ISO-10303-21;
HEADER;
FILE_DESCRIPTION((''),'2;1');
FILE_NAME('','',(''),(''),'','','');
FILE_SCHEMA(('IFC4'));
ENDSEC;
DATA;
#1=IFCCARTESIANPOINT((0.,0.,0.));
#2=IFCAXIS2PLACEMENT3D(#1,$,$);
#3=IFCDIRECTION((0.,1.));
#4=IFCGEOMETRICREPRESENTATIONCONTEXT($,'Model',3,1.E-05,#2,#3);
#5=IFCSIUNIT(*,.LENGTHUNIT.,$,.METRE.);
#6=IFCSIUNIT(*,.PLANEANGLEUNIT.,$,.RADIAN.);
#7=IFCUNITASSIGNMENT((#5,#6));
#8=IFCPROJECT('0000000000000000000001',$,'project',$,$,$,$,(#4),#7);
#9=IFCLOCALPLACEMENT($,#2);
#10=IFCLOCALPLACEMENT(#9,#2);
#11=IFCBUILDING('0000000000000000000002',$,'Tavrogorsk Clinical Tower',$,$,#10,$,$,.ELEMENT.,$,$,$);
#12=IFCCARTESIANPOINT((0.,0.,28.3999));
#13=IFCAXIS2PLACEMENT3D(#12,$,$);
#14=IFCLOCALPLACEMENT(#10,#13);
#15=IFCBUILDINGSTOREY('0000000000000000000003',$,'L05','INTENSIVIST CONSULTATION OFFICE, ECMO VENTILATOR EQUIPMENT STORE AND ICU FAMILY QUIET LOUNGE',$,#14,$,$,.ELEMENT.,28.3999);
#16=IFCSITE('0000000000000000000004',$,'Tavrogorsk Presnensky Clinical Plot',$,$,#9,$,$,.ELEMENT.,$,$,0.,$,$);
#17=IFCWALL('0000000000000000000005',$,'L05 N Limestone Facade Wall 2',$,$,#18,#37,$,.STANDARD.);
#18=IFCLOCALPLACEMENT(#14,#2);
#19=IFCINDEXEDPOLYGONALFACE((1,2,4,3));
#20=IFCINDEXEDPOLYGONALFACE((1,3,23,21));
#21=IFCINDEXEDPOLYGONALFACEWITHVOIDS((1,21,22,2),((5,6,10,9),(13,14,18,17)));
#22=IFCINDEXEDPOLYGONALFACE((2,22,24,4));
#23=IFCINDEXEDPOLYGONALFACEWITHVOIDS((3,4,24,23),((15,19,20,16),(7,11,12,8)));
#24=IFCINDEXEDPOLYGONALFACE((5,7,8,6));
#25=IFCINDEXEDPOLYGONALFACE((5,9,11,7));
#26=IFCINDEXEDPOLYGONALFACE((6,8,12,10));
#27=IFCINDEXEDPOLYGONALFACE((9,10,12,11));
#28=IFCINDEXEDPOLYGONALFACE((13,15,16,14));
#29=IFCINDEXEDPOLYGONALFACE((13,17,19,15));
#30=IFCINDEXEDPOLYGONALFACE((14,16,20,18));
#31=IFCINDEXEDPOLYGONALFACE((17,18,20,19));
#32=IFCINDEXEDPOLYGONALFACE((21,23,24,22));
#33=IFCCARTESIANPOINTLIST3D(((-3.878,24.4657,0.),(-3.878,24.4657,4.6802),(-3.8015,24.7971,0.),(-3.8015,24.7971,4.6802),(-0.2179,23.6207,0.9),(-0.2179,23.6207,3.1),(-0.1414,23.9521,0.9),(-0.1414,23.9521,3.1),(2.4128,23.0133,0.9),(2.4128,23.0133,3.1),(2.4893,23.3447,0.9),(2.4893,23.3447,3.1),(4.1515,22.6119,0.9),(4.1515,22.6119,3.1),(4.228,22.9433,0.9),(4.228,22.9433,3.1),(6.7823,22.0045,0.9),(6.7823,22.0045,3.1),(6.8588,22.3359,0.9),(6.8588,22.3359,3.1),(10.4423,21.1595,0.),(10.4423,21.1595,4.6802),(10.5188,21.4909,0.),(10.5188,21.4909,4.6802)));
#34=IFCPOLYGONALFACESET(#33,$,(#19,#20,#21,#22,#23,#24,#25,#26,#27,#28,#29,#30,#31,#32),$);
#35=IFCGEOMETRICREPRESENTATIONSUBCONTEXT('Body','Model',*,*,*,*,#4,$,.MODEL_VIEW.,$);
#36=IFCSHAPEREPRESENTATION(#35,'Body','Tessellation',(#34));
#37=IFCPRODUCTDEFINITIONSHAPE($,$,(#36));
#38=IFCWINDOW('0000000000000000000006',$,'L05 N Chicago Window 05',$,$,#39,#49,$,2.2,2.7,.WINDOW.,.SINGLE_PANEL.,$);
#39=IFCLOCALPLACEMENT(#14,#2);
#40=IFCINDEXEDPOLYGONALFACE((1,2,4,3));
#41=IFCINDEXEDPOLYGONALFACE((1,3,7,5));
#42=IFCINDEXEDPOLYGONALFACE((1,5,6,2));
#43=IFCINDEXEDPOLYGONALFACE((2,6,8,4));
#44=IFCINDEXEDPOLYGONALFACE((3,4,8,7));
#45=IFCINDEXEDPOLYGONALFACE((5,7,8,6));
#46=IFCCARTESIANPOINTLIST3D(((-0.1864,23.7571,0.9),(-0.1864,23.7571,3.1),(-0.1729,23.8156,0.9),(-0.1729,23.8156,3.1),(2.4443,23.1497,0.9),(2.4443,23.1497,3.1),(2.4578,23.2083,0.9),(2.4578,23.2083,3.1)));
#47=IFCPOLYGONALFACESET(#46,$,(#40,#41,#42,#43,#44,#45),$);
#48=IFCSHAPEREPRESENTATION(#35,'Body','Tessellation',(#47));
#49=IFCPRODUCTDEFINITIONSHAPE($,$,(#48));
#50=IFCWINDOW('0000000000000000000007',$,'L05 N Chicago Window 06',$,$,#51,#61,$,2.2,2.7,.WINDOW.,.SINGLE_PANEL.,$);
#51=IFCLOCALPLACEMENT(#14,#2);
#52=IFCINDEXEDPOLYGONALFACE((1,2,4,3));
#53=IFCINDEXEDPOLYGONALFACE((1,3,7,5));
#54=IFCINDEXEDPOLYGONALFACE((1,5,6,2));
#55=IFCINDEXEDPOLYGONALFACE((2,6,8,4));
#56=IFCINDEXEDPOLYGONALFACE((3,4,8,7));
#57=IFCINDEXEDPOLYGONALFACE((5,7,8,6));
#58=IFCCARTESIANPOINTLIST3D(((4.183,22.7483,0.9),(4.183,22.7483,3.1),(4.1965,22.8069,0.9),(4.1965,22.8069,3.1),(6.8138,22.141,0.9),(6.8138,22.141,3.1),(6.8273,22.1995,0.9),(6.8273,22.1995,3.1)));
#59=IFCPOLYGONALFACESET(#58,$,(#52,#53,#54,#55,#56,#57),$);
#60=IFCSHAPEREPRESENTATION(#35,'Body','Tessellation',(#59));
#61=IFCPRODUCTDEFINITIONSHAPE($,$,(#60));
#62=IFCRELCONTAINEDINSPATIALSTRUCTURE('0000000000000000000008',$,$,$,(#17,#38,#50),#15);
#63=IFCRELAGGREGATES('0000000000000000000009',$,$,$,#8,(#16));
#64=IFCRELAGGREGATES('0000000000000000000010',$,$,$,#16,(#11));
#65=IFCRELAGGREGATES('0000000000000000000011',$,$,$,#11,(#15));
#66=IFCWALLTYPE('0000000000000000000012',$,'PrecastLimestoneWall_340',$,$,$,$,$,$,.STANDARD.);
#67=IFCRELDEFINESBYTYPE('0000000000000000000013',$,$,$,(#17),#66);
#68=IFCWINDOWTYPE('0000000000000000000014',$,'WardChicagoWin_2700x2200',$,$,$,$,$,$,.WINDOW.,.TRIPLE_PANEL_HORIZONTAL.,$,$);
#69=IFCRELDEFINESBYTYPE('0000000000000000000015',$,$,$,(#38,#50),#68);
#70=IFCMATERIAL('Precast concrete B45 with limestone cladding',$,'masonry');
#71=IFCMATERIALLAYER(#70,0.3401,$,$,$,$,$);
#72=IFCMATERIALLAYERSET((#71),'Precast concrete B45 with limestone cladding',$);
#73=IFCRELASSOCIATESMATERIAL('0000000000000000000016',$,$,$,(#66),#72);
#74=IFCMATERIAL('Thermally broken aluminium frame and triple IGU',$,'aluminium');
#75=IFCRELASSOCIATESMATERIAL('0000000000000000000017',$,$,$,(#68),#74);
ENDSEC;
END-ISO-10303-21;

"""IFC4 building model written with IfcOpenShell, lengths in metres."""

from ifc_helpers import new_model, si_unit, direction, frame, frame_2d, origin, place, context, subcontext, project, spatial, rectangle, extrude, material, layer, layer_set, type_object, element, fill, save


model = new_model("IFC4")

# Units and contexts
model_context = context("Model", 3, precision=1e-05, world=origin(), true_north=direction((0.0, 1.0)))
body_context = subcontext(model_context, "Body", "Model", "MODEL_VIEW")
ifc_project = project(units=[si_unit("LENGTHUNIT", "METRE"), si_unit("PLANEANGLEUNIT", "RADIAN")], contexts=[model_context])

# Site, building, storey
site_placement = place(None, origin())
site = spatial("IfcSite", under=ifc_project, at=site_placement, Name="Tavrogorsk Presnensky Clinical Plot", CompositionType="ELEMENT", RefElevation=0.0)
building_placement = place(site_placement, origin())
building = spatial("IfcBuilding", under=site, at=building_placement, Name="Tavrogorsk Clinical Tower", CompositionType="ELEMENT")
storey_placement = place(building_placement, frame((0.0, 0.0, 28.3999)))
storey = spatial("IfcBuildingStorey", under=building, at=storey_placement, Name="L05", Description="INTENSIVIST CONSULTATION OFFICE, ECMO VENTILATOR EQUIPMENT STORE AND ICU FAMILY QUIET LOUNGE", CompositionType="ELEMENT", Elevation=28.3999)

# Wall, openings, windows
ifc_material_1 = material(Name="Precast concrete B45 with limestone cladding", Category="masonry")
ifc_layer_1 = layer(ifc_material_1, 0.3401)
ifc_layer_set_1 = layer_set([ifc_layer_1], Name="Precast concrete B45 with limestone cladding")
wall_type_1 = type_object("IfcWallType", Name="PrecastLimestoneWall_340", PredefinedType="STANDARD", material=ifc_layer_set_1)
wall_1_placement = place(storey_placement, frame((10.4807, 21.3252, 0.0), z_axis=(0.0, 0.0, 1.0), x_axis=(-0.974369, 0.224954, 0.0)))
wall_1 = element("IfcWall", 1, at=wall_1_placement, inside=storey, type_object=wall_type_1, Name="L05 N Limestone Facade Wall 2", PredefinedType="STANDARD", context=body_context, shape_type="SweptSolid", body=[
    extrude(rectangle(XDim=14.697, YDim=0.3401, at=frame_2d((7.3486, 0.0))), origin(), (0.0, 0.0, 1.0), 4.6802),
])
opening_1_placement = place(wall_1_placement, frame((8.2407, 0.0, 0.8999)))
opening_1 = element("IfcOpeningElement", 2, at=opening_1_placement, cuts=wall_1, PredefinedType="OPENING", context=body_context, shape_type="SweptSolid", body=[
    extrude(rectangle(XDim=2.7, YDim=2.2, at=frame_2d((1.3501, 1.1001))), frame((0.0, 0.1799, 0.0), z_axis=(0.0, -1.0, 0.0), x_axis=(1.0, 0.0, 0.0)), (0.0, 0.0, 1.0), 0.3601),
])
opening_2_placement = place(wall_1_placement, frame((3.7563, 0.0, 0.8999)))
opening_2 = element("IfcOpeningElement", 3, at=opening_2_placement, cuts=wall_1, PredefinedType="OPENING", context=body_context, shape_type="SweptSolid", body=[
    extrude(rectangle(XDim=2.7, YDim=2.2, at=frame_2d((1.3501, 1.1001))), frame((0.0, 0.1799, 0.0), z_axis=(0.0, -1.0, 0.0), x_axis=(1.0, 0.0, 0.0)), (0.0, 0.0, 1.0), 0.3601),
])
ifc_material_2 = material(Name="Thermally broken aluminium frame and triple IGU", Category="aluminium")
window_type = type_object("IfcWindowType", Name="WardChicagoWin_2700x2200", PartitioningType="TRIPLE_PANEL_HORIZONTAL", PredefinedType="WINDOW", material=ifc_material_2)
window_1_placement = place(opening_1_placement, origin())
window_1 = element("IfcWindow", 4, at=window_1_placement, inside=storey, type_object=window_type, Name="L05 N Chicago Window 05", OverallHeight=2.2, OverallWidth=2.7, PartitioningType="SINGLE_PANEL", PredefinedType="WINDOW", context=body_context, shape_type="SweptSolid", body=[
    extrude(rectangle(XDim=2.7, YDim=2.2, at=frame_2d((1.3501, 1.1001))), frame((0.0, 0.03, 0.0), z_axis=(0.0, -1.0, 0.0), x_axis=(1.0, 0.0, 0.0)), (0.0, 0.0, 1.0), 0.0601),
])
fill(opening_1, window_1)
window_2_placement = place(opening_2_placement, origin())
window_2 = element("IfcWindow", 5, at=window_2_placement, inside=storey, type_object=window_type, Name="L05 N Chicago Window 06", OverallHeight=2.2, OverallWidth=2.7, PartitioningType="SINGLE_PANEL", PredefinedType="WINDOW", context=body_context, shape_type="SweptSolid", body=[
    extrude(rectangle(XDim=2.7, YDim=2.2, at=frame_2d((1.3501, 1.1001))), frame((0.0, 0.03, 0.0), z_axis=(0.0, -1.0, 0.0), x_axis=(1.0, 0.0, 0.0)), (0.0, 0.0, 1.0), 0.0601),
])
fill(opening_2, window_2)

save(model, "model.ifc")
